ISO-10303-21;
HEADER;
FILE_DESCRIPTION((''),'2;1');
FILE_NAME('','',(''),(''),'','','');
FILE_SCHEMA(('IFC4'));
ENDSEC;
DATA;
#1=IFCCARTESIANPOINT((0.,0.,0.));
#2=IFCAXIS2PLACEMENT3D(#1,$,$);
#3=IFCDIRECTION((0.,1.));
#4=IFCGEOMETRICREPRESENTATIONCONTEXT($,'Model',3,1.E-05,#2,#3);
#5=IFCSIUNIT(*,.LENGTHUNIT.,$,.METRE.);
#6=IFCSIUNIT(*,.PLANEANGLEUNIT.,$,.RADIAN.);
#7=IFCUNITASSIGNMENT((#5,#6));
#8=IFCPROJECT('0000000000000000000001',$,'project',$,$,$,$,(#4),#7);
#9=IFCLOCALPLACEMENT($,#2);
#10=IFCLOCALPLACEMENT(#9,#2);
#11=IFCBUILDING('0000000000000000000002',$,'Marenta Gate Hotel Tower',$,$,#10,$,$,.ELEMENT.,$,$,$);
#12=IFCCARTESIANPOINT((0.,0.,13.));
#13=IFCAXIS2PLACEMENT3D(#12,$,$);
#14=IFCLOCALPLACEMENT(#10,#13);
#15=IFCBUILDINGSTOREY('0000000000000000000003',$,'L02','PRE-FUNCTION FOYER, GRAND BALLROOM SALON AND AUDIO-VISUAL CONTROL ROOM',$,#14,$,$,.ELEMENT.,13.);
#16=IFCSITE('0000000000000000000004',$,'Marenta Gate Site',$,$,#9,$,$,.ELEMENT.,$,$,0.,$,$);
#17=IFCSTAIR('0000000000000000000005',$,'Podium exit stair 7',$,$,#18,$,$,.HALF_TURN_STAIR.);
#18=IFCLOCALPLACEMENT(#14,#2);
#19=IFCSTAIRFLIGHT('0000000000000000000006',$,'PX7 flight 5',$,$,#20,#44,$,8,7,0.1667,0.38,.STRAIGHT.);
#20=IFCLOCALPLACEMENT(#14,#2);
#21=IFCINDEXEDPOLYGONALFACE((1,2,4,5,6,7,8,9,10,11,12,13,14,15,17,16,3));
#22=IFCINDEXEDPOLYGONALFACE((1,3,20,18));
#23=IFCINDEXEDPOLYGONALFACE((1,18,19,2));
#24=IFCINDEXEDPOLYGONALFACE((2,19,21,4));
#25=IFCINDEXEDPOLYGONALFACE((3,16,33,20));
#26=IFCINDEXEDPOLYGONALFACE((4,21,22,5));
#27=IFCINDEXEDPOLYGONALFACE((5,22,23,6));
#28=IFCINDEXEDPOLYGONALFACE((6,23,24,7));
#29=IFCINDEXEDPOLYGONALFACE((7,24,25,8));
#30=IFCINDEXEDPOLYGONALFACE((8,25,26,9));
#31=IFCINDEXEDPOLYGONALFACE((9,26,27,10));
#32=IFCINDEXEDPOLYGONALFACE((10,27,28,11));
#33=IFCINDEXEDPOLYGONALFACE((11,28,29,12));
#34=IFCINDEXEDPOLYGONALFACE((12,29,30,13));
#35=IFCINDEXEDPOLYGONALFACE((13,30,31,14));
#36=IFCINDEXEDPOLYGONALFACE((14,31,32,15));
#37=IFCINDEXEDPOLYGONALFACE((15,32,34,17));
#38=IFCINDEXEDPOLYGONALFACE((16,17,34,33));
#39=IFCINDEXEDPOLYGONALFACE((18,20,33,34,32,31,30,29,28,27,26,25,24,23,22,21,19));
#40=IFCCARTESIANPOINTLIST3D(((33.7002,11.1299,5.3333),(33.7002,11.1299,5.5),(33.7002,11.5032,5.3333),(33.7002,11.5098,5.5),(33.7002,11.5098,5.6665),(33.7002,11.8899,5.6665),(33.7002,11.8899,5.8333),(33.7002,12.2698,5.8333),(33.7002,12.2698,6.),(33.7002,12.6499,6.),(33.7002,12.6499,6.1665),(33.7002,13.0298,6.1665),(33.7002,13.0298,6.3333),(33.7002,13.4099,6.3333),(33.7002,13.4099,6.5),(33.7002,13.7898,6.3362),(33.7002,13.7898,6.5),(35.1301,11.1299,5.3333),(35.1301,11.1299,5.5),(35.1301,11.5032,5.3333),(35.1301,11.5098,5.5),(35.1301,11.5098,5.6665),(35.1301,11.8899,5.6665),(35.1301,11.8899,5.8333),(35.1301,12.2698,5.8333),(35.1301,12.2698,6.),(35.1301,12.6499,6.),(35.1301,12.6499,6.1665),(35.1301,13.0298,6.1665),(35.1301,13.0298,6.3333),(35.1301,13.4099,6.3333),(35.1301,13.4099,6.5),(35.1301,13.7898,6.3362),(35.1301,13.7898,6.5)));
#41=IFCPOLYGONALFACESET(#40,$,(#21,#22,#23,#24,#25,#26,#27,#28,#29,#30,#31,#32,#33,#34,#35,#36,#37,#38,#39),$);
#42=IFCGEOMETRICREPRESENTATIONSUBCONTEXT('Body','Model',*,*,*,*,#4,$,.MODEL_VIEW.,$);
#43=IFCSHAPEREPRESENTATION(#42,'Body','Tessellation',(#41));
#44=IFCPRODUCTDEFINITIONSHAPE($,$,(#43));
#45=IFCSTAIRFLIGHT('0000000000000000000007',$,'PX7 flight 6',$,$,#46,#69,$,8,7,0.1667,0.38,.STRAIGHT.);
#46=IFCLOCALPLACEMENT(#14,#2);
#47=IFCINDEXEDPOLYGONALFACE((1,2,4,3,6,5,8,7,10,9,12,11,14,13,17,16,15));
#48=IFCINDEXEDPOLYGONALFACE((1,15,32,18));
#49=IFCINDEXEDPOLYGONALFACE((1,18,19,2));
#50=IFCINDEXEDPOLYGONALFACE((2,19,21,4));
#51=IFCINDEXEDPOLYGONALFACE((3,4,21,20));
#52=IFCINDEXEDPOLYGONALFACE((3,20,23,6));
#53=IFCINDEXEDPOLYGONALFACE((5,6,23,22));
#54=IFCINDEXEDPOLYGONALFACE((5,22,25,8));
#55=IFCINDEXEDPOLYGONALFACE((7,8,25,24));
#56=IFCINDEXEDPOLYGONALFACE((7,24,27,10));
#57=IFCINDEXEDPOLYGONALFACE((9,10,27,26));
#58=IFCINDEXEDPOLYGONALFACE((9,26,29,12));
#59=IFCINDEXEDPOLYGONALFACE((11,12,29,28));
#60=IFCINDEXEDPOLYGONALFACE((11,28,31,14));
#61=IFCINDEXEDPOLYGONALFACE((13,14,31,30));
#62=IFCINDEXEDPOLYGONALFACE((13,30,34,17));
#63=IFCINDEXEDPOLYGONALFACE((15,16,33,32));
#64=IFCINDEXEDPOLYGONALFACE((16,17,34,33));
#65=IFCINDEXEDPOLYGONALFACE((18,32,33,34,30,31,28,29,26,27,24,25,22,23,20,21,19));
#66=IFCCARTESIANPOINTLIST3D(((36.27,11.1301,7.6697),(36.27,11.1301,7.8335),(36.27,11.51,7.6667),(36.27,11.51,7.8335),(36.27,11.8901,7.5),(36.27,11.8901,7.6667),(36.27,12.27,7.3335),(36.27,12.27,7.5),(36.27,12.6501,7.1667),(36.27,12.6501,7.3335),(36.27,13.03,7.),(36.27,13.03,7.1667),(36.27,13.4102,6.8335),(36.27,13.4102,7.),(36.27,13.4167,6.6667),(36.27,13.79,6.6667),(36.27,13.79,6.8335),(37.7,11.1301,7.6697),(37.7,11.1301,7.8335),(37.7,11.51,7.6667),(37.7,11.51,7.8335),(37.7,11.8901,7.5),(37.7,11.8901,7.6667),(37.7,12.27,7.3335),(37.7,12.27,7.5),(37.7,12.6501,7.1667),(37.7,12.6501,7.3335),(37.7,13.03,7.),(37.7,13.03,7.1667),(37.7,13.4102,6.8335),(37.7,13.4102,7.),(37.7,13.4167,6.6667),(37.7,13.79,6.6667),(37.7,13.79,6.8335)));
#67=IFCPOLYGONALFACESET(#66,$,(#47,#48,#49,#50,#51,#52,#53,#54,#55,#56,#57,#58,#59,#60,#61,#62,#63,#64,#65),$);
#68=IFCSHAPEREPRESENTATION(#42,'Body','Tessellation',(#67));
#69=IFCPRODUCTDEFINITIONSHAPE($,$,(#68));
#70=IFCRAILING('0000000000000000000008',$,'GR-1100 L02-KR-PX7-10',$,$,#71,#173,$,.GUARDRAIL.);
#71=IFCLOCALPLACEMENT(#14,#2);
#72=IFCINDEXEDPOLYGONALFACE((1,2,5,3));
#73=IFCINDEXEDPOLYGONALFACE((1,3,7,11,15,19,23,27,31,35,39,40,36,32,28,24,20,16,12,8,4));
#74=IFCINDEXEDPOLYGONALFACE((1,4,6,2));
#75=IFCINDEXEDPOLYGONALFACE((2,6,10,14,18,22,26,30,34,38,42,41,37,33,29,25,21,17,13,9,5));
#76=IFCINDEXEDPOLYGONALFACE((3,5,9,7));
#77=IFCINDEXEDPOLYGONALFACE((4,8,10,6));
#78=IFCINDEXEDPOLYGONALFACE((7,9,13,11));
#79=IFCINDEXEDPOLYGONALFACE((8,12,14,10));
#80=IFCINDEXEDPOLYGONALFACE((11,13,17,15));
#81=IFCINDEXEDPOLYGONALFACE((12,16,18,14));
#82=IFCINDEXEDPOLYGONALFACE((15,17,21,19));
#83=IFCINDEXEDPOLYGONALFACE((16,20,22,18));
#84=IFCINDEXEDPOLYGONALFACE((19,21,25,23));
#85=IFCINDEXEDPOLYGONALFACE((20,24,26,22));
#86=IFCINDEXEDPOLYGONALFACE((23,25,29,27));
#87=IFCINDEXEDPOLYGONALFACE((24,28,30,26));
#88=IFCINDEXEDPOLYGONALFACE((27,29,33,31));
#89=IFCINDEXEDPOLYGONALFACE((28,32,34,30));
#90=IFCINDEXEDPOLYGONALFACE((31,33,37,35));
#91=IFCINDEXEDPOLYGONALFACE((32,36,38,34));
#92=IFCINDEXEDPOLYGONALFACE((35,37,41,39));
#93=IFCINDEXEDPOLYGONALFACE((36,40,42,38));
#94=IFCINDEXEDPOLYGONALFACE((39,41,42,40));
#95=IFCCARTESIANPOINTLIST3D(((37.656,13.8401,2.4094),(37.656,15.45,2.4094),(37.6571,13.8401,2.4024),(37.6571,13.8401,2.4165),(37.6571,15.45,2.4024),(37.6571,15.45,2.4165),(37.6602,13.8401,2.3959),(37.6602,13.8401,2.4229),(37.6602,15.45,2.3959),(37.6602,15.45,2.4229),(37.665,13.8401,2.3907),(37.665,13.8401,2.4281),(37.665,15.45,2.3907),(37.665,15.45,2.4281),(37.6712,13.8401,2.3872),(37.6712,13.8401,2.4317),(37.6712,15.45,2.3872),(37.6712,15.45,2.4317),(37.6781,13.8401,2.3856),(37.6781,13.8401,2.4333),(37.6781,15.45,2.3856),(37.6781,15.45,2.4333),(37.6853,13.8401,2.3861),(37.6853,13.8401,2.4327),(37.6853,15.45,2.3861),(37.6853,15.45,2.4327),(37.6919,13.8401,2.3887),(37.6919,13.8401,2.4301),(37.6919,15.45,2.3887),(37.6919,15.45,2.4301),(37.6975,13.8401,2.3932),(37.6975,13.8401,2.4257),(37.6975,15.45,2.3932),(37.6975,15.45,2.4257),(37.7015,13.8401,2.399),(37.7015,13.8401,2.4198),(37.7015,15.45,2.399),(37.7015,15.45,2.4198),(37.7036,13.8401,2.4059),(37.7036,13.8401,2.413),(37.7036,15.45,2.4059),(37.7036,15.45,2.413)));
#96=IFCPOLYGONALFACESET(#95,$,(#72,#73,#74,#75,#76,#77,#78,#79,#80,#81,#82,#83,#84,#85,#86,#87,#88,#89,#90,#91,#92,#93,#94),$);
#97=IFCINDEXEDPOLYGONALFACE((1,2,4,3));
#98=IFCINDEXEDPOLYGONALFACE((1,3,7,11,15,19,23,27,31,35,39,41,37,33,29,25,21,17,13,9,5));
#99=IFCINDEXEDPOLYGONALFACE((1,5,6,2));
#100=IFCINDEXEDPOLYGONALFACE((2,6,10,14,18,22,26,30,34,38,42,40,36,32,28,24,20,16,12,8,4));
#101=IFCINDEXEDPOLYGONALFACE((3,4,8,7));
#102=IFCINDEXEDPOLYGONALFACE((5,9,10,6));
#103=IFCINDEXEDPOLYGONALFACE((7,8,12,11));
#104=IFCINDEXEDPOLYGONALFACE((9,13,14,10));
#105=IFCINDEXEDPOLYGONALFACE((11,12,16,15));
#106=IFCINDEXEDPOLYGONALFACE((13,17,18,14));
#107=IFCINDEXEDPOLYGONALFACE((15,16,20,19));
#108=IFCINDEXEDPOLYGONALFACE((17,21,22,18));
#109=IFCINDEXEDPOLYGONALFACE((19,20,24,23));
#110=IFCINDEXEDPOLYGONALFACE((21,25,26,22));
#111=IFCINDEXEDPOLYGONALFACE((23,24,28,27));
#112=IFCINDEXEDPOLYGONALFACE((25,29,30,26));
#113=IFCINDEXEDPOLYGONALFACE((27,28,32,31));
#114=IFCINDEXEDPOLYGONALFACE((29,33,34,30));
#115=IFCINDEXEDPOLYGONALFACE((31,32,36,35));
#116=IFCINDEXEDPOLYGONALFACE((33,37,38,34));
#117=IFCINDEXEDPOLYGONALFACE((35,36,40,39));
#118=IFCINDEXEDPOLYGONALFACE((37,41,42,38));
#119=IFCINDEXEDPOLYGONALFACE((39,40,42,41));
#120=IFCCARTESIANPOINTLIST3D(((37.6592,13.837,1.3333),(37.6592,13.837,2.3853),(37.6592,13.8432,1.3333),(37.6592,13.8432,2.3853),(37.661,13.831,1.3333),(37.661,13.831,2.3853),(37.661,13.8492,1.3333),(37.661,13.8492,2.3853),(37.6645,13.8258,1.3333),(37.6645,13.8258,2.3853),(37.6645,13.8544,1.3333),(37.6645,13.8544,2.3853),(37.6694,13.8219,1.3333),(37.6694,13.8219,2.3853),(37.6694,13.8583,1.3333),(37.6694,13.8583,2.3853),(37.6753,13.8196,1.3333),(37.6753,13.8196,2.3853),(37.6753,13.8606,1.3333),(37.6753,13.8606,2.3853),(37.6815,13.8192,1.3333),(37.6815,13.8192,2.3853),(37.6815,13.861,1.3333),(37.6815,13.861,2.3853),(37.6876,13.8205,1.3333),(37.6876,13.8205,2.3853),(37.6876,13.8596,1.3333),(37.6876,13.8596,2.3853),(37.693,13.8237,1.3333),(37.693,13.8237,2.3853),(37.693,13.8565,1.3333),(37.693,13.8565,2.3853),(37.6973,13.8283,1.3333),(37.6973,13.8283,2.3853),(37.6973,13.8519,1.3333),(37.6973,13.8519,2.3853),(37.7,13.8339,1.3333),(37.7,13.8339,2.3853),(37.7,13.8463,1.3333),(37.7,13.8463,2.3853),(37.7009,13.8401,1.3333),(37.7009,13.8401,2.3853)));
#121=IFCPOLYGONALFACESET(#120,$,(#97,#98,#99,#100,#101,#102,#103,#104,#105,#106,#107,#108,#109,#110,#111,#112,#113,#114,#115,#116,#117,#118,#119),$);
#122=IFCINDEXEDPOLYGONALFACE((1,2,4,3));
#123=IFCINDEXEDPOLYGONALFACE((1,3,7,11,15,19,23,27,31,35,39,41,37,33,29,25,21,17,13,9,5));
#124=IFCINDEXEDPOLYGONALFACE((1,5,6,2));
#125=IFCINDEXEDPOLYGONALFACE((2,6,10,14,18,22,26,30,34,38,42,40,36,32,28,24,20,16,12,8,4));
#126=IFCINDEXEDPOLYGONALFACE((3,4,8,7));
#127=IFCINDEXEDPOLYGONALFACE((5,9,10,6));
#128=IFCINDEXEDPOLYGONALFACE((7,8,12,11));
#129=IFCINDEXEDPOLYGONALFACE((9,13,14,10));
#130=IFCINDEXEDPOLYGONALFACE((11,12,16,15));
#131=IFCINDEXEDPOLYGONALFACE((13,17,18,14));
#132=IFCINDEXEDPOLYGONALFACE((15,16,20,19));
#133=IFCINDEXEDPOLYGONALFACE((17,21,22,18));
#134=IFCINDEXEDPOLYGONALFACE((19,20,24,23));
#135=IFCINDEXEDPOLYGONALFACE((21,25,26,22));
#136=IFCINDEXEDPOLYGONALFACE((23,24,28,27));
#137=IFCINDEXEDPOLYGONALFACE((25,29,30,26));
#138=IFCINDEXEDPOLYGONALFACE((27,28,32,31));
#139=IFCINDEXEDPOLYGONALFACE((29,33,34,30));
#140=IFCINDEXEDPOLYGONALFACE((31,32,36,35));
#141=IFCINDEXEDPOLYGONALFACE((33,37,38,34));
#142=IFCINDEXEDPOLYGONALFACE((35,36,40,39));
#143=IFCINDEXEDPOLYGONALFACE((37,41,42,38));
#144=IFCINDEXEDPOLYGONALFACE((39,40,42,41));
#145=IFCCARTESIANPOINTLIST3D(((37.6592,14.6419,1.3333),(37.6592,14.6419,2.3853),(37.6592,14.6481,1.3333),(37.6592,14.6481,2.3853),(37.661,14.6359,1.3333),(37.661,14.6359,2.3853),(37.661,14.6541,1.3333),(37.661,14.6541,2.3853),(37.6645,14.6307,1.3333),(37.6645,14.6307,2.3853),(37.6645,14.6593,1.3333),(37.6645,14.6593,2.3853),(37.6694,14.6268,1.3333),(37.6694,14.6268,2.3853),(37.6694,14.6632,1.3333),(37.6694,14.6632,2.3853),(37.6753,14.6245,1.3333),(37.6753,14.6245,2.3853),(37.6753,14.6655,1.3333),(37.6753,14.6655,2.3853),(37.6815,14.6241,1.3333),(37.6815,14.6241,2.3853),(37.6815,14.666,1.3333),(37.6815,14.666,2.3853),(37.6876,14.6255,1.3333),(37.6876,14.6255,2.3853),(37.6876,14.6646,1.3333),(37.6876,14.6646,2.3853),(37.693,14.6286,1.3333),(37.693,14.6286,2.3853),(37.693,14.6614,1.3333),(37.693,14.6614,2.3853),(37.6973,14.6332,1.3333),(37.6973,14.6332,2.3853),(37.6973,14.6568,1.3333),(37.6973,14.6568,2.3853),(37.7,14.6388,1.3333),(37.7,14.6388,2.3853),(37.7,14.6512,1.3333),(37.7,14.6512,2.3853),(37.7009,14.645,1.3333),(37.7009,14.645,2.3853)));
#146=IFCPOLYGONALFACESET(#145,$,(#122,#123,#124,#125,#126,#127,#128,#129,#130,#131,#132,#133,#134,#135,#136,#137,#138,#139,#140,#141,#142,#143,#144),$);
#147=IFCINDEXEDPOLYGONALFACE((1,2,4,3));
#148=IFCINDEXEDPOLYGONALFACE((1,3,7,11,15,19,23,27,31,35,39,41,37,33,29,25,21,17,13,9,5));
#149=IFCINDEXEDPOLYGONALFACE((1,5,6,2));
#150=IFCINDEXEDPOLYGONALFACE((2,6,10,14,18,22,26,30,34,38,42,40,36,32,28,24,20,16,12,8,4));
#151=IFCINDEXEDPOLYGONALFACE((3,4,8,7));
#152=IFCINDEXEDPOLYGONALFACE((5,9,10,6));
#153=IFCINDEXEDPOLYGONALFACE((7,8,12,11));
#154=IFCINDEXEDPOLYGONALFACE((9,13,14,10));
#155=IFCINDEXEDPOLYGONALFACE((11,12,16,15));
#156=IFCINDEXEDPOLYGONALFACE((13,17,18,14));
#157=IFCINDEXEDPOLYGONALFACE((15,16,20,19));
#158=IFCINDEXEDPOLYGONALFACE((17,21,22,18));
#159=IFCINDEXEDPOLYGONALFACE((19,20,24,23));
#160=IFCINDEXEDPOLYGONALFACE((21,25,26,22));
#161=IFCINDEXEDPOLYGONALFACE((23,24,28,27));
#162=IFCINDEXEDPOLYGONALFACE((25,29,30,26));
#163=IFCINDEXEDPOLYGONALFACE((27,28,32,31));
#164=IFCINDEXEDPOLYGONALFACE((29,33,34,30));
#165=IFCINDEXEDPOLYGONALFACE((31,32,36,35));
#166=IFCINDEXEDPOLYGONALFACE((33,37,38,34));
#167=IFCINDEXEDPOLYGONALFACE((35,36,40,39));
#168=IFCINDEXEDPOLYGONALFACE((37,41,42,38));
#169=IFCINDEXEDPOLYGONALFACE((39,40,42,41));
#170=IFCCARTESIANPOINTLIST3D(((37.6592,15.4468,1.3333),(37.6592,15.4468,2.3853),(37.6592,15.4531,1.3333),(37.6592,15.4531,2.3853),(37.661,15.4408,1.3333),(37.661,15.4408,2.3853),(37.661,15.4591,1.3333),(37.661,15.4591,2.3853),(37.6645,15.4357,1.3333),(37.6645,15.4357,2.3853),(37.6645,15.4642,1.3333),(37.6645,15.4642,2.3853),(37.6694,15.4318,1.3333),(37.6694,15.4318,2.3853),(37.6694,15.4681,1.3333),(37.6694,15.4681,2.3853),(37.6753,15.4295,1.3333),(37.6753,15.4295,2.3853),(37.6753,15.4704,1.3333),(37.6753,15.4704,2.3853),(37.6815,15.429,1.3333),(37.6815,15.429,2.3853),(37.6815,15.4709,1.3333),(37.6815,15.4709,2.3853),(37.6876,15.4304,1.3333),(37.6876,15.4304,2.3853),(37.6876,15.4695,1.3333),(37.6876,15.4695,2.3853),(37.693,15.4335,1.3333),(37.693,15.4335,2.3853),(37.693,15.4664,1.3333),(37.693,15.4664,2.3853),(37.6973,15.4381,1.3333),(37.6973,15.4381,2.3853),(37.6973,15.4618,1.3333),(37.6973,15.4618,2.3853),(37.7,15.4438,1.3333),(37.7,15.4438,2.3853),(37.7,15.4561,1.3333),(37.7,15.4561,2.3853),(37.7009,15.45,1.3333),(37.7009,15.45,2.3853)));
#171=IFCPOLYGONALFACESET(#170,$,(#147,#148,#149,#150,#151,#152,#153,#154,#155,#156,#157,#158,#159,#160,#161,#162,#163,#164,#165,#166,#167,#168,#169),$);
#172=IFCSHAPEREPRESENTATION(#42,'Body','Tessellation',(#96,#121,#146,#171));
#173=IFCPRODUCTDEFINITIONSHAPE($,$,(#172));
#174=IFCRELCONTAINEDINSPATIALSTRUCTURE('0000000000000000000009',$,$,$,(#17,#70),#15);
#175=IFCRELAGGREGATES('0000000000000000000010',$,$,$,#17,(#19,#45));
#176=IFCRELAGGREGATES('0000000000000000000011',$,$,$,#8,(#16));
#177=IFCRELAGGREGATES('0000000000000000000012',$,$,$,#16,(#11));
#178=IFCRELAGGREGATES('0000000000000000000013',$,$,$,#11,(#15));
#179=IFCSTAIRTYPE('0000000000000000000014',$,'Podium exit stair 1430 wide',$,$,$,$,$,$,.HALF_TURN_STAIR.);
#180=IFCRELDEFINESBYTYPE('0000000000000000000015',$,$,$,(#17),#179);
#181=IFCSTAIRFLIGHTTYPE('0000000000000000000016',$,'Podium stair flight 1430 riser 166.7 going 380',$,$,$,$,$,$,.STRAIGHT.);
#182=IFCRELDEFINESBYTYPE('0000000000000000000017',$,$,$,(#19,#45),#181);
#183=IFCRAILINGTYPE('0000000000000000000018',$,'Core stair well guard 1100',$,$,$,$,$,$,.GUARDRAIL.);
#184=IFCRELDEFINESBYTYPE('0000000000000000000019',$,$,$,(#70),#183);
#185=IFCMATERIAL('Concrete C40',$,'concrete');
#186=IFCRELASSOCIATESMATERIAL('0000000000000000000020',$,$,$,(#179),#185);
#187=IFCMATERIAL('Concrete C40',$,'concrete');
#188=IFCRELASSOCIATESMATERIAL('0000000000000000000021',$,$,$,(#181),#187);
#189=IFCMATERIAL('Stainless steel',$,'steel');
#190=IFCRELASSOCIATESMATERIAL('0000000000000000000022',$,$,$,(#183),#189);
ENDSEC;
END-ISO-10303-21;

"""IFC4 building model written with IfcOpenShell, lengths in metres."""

from ifc_helpers import new_model, si_unit, direction, frame, origin, origin_2d, place, context, subcontext, project, spatial, polyline, circle, outline, extrude, material, type_object, element, aggregate, save


model = new_model("IFC4")

# Units and contexts
model_context = context("Model", 3, precision=1e-05, world=origin(), true_north=direction((0.0, 1.0)))
body_context = subcontext(model_context, "Body", "Model", "MODEL_VIEW")
ifc_project = project(units=[si_unit("LENGTHUNIT", "METRE"), si_unit("PLANEANGLEUNIT", "RADIAN")], contexts=[model_context])

# Site, building, storey
site_placement = place(None, origin())
site = spatial("IfcSite", under=ifc_project, at=site_placement, Name="Marenta Gate Site", CompositionType="ELEMENT", RefElevation=0.0)
building_placement = place(site_placement, origin())
building = spatial("IfcBuilding", under=site, at=building_placement, Name="Marenta Gate Hotel Tower", CompositionType="ELEMENT")
storey_placement = place(building_placement, frame((0.0, 0.0, 13.0)))
storey = spatial("IfcBuildingStorey", under=building, at=storey_placement, Name="L02", Description="PRE-FUNCTION FOYER, GRAND BALLROOM SALON AND AUDIO-VISUAL CONTROL ROOM", CompositionType="ELEMENT", Elevation=13.0)

# Stair, stair flights
ifc_material_1 = material(Name="Concrete C40", Category="concrete")
stair_type = type_object("IfcStairType", Name="Podium exit stair 1430 wide", PredefinedType="HALF_TURN_STAIR", material=ifc_material_1)
stair_placement = place(storey_placement, origin())
stair = element("IfcStair", 1, at=stair_placement, inside=storey, type_object=stair_type, Name="Podium exit stair 7", PredefinedType="HALF_TURN_STAIR")
ifc_material_2 = material(Name="Concrete C40", Category="concrete")
stair_flight_type = type_object("IfcStairFlightType", Name="Podium stair flight 1430 riser 166.7 going 380", PredefinedType="STRAIGHT", material=ifc_material_2)
stair_flight_1_placement = place(storey_placement, frame((34.415, 11.1299, 5.3333), z_axis=(0.0, 0.0, 1.0), x_axis=(0.0, 1.0, 0.0)))
stair_flight_1 = element("IfcStairFlight", 2, at=stair_flight_1_placement, type_object=stair_flight_type, Name="PX7 flight 5", NumberOfRisers=8, NumberOfTreads=7, PredefinedType="STRAIGHT", RiserHeight=0.1667, TreadLength=0.38, context=body_context, shape_type="SweptSolid", body=[
    extrude(outline(polyline([(0.0, 0.0), (0.0, 0.1667), (0.3799, 0.1667), (0.3799, 0.3333), (0.76, 0.3333), (0.76, 0.5), (1.1399, 0.5), (1.1399, 0.6667), (1.52, 0.6667), (1.52, 0.8333), (1.8999, 0.8333), (1.8999, 1.0), (2.28, 1.0), (2.28, 1.1667), (2.6599, 1.1667), (2.6599, 1.3333), (2.6599, 1.0029), (0.3733, 0.0), (0.0, 0.0)])), frame((0.0, 0.7148, 0.0), z_axis=(0.0, -1.0, 0.0), x_axis=(1.0, 0.0, 0.0)), (0.0, 0.0, 1.0), 1.4299),
])
stair_flight_2_placement = place(storey_placement, frame((36.9851, 13.79, 6.6667), z_axis=(0.0, 0.0, 1.0), x_axis=(0.0, -1.0, 0.0)))
stair_flight_2 = element("IfcStairFlight", 3, at=stair_flight_2_placement, type_object=stair_flight_type, Name="PX7 flight 6", NumberOfRisers=8, NumberOfTreads=7, PredefinedType="STRAIGHT", RiserHeight=0.1667, TreadLength=0.38, context=body_context, shape_type="SweptSolid", body=[
    extrude(outline(polyline([(0.0, 0.0), (0.0, 0.1667), (0.3799, 0.1667), (0.3799, 0.3333), (0.76, 0.3333), (0.76, 0.5), (1.1399, 0.5), (1.1399, 0.6667), (1.52, 0.6667), (1.52, 0.8333), (1.8999, 0.8333), (1.8999, 1.0), (2.28, 1.0), (2.28, 1.1667), (2.6599, 1.1667), (2.6599, 1.3333), (2.6599, 1.0029), (0.3733, 0.0), (0.0, 0.0)])), frame((0.0, 0.7148, 0.0), z_axis=(0.0, -1.0, 0.0), x_axis=(1.0, 0.0, 0.0)), (0.0, 0.0, 1.0), 1.4299),
])
aggregate(stair, [stair_flight_1, stair_flight_2])

# Railing
ifc_material_3 = material(Name="Stainless steel", Category="steel")
railing_type_1 = type_object("IfcRailingType", Name="Core stair well guard 1100", PredefinedType="GUARDRAIL", material=ifc_material_3)
railing_1_placement = place(storey_placement, frame((37.6799, 13.8401, 1.3333)))
element("IfcRailing", 4, at=railing_1_placement, inside=storey, type_object=railing_type_1, Name="GR-1100 L02-KR-PX7-10", PredefinedType="GUARDRAIL", context=body_context, shape_type="SweptSolid", body=[
    extrude(circle(Radius=0.0239, at=origin_2d()), frame((0.0, 0.0, 1.0762), z_axis=(0.0, 1.0, 0.0), x_axis=(-1.0, 0.0, 0.0)), (0.0, 0.0, 1.0), 1.6099),
    extrude(circle(Radius=0.021, at=origin_2d()), origin(), (0.0, 0.0, 1.0), 1.052),
    extrude(circle(Radius=0.021, at=origin_2d()), frame((0.0, 0.8049, 0.0)), (0.0, 0.0, 1.0), 1.052),
    extrude(circle(Radius=0.021, at=origin_2d()), frame((0.0, 1.6099, 0.0)), (0.0, 0.0, 1.0), 1.052),
])

save(model, "model.ifc")
